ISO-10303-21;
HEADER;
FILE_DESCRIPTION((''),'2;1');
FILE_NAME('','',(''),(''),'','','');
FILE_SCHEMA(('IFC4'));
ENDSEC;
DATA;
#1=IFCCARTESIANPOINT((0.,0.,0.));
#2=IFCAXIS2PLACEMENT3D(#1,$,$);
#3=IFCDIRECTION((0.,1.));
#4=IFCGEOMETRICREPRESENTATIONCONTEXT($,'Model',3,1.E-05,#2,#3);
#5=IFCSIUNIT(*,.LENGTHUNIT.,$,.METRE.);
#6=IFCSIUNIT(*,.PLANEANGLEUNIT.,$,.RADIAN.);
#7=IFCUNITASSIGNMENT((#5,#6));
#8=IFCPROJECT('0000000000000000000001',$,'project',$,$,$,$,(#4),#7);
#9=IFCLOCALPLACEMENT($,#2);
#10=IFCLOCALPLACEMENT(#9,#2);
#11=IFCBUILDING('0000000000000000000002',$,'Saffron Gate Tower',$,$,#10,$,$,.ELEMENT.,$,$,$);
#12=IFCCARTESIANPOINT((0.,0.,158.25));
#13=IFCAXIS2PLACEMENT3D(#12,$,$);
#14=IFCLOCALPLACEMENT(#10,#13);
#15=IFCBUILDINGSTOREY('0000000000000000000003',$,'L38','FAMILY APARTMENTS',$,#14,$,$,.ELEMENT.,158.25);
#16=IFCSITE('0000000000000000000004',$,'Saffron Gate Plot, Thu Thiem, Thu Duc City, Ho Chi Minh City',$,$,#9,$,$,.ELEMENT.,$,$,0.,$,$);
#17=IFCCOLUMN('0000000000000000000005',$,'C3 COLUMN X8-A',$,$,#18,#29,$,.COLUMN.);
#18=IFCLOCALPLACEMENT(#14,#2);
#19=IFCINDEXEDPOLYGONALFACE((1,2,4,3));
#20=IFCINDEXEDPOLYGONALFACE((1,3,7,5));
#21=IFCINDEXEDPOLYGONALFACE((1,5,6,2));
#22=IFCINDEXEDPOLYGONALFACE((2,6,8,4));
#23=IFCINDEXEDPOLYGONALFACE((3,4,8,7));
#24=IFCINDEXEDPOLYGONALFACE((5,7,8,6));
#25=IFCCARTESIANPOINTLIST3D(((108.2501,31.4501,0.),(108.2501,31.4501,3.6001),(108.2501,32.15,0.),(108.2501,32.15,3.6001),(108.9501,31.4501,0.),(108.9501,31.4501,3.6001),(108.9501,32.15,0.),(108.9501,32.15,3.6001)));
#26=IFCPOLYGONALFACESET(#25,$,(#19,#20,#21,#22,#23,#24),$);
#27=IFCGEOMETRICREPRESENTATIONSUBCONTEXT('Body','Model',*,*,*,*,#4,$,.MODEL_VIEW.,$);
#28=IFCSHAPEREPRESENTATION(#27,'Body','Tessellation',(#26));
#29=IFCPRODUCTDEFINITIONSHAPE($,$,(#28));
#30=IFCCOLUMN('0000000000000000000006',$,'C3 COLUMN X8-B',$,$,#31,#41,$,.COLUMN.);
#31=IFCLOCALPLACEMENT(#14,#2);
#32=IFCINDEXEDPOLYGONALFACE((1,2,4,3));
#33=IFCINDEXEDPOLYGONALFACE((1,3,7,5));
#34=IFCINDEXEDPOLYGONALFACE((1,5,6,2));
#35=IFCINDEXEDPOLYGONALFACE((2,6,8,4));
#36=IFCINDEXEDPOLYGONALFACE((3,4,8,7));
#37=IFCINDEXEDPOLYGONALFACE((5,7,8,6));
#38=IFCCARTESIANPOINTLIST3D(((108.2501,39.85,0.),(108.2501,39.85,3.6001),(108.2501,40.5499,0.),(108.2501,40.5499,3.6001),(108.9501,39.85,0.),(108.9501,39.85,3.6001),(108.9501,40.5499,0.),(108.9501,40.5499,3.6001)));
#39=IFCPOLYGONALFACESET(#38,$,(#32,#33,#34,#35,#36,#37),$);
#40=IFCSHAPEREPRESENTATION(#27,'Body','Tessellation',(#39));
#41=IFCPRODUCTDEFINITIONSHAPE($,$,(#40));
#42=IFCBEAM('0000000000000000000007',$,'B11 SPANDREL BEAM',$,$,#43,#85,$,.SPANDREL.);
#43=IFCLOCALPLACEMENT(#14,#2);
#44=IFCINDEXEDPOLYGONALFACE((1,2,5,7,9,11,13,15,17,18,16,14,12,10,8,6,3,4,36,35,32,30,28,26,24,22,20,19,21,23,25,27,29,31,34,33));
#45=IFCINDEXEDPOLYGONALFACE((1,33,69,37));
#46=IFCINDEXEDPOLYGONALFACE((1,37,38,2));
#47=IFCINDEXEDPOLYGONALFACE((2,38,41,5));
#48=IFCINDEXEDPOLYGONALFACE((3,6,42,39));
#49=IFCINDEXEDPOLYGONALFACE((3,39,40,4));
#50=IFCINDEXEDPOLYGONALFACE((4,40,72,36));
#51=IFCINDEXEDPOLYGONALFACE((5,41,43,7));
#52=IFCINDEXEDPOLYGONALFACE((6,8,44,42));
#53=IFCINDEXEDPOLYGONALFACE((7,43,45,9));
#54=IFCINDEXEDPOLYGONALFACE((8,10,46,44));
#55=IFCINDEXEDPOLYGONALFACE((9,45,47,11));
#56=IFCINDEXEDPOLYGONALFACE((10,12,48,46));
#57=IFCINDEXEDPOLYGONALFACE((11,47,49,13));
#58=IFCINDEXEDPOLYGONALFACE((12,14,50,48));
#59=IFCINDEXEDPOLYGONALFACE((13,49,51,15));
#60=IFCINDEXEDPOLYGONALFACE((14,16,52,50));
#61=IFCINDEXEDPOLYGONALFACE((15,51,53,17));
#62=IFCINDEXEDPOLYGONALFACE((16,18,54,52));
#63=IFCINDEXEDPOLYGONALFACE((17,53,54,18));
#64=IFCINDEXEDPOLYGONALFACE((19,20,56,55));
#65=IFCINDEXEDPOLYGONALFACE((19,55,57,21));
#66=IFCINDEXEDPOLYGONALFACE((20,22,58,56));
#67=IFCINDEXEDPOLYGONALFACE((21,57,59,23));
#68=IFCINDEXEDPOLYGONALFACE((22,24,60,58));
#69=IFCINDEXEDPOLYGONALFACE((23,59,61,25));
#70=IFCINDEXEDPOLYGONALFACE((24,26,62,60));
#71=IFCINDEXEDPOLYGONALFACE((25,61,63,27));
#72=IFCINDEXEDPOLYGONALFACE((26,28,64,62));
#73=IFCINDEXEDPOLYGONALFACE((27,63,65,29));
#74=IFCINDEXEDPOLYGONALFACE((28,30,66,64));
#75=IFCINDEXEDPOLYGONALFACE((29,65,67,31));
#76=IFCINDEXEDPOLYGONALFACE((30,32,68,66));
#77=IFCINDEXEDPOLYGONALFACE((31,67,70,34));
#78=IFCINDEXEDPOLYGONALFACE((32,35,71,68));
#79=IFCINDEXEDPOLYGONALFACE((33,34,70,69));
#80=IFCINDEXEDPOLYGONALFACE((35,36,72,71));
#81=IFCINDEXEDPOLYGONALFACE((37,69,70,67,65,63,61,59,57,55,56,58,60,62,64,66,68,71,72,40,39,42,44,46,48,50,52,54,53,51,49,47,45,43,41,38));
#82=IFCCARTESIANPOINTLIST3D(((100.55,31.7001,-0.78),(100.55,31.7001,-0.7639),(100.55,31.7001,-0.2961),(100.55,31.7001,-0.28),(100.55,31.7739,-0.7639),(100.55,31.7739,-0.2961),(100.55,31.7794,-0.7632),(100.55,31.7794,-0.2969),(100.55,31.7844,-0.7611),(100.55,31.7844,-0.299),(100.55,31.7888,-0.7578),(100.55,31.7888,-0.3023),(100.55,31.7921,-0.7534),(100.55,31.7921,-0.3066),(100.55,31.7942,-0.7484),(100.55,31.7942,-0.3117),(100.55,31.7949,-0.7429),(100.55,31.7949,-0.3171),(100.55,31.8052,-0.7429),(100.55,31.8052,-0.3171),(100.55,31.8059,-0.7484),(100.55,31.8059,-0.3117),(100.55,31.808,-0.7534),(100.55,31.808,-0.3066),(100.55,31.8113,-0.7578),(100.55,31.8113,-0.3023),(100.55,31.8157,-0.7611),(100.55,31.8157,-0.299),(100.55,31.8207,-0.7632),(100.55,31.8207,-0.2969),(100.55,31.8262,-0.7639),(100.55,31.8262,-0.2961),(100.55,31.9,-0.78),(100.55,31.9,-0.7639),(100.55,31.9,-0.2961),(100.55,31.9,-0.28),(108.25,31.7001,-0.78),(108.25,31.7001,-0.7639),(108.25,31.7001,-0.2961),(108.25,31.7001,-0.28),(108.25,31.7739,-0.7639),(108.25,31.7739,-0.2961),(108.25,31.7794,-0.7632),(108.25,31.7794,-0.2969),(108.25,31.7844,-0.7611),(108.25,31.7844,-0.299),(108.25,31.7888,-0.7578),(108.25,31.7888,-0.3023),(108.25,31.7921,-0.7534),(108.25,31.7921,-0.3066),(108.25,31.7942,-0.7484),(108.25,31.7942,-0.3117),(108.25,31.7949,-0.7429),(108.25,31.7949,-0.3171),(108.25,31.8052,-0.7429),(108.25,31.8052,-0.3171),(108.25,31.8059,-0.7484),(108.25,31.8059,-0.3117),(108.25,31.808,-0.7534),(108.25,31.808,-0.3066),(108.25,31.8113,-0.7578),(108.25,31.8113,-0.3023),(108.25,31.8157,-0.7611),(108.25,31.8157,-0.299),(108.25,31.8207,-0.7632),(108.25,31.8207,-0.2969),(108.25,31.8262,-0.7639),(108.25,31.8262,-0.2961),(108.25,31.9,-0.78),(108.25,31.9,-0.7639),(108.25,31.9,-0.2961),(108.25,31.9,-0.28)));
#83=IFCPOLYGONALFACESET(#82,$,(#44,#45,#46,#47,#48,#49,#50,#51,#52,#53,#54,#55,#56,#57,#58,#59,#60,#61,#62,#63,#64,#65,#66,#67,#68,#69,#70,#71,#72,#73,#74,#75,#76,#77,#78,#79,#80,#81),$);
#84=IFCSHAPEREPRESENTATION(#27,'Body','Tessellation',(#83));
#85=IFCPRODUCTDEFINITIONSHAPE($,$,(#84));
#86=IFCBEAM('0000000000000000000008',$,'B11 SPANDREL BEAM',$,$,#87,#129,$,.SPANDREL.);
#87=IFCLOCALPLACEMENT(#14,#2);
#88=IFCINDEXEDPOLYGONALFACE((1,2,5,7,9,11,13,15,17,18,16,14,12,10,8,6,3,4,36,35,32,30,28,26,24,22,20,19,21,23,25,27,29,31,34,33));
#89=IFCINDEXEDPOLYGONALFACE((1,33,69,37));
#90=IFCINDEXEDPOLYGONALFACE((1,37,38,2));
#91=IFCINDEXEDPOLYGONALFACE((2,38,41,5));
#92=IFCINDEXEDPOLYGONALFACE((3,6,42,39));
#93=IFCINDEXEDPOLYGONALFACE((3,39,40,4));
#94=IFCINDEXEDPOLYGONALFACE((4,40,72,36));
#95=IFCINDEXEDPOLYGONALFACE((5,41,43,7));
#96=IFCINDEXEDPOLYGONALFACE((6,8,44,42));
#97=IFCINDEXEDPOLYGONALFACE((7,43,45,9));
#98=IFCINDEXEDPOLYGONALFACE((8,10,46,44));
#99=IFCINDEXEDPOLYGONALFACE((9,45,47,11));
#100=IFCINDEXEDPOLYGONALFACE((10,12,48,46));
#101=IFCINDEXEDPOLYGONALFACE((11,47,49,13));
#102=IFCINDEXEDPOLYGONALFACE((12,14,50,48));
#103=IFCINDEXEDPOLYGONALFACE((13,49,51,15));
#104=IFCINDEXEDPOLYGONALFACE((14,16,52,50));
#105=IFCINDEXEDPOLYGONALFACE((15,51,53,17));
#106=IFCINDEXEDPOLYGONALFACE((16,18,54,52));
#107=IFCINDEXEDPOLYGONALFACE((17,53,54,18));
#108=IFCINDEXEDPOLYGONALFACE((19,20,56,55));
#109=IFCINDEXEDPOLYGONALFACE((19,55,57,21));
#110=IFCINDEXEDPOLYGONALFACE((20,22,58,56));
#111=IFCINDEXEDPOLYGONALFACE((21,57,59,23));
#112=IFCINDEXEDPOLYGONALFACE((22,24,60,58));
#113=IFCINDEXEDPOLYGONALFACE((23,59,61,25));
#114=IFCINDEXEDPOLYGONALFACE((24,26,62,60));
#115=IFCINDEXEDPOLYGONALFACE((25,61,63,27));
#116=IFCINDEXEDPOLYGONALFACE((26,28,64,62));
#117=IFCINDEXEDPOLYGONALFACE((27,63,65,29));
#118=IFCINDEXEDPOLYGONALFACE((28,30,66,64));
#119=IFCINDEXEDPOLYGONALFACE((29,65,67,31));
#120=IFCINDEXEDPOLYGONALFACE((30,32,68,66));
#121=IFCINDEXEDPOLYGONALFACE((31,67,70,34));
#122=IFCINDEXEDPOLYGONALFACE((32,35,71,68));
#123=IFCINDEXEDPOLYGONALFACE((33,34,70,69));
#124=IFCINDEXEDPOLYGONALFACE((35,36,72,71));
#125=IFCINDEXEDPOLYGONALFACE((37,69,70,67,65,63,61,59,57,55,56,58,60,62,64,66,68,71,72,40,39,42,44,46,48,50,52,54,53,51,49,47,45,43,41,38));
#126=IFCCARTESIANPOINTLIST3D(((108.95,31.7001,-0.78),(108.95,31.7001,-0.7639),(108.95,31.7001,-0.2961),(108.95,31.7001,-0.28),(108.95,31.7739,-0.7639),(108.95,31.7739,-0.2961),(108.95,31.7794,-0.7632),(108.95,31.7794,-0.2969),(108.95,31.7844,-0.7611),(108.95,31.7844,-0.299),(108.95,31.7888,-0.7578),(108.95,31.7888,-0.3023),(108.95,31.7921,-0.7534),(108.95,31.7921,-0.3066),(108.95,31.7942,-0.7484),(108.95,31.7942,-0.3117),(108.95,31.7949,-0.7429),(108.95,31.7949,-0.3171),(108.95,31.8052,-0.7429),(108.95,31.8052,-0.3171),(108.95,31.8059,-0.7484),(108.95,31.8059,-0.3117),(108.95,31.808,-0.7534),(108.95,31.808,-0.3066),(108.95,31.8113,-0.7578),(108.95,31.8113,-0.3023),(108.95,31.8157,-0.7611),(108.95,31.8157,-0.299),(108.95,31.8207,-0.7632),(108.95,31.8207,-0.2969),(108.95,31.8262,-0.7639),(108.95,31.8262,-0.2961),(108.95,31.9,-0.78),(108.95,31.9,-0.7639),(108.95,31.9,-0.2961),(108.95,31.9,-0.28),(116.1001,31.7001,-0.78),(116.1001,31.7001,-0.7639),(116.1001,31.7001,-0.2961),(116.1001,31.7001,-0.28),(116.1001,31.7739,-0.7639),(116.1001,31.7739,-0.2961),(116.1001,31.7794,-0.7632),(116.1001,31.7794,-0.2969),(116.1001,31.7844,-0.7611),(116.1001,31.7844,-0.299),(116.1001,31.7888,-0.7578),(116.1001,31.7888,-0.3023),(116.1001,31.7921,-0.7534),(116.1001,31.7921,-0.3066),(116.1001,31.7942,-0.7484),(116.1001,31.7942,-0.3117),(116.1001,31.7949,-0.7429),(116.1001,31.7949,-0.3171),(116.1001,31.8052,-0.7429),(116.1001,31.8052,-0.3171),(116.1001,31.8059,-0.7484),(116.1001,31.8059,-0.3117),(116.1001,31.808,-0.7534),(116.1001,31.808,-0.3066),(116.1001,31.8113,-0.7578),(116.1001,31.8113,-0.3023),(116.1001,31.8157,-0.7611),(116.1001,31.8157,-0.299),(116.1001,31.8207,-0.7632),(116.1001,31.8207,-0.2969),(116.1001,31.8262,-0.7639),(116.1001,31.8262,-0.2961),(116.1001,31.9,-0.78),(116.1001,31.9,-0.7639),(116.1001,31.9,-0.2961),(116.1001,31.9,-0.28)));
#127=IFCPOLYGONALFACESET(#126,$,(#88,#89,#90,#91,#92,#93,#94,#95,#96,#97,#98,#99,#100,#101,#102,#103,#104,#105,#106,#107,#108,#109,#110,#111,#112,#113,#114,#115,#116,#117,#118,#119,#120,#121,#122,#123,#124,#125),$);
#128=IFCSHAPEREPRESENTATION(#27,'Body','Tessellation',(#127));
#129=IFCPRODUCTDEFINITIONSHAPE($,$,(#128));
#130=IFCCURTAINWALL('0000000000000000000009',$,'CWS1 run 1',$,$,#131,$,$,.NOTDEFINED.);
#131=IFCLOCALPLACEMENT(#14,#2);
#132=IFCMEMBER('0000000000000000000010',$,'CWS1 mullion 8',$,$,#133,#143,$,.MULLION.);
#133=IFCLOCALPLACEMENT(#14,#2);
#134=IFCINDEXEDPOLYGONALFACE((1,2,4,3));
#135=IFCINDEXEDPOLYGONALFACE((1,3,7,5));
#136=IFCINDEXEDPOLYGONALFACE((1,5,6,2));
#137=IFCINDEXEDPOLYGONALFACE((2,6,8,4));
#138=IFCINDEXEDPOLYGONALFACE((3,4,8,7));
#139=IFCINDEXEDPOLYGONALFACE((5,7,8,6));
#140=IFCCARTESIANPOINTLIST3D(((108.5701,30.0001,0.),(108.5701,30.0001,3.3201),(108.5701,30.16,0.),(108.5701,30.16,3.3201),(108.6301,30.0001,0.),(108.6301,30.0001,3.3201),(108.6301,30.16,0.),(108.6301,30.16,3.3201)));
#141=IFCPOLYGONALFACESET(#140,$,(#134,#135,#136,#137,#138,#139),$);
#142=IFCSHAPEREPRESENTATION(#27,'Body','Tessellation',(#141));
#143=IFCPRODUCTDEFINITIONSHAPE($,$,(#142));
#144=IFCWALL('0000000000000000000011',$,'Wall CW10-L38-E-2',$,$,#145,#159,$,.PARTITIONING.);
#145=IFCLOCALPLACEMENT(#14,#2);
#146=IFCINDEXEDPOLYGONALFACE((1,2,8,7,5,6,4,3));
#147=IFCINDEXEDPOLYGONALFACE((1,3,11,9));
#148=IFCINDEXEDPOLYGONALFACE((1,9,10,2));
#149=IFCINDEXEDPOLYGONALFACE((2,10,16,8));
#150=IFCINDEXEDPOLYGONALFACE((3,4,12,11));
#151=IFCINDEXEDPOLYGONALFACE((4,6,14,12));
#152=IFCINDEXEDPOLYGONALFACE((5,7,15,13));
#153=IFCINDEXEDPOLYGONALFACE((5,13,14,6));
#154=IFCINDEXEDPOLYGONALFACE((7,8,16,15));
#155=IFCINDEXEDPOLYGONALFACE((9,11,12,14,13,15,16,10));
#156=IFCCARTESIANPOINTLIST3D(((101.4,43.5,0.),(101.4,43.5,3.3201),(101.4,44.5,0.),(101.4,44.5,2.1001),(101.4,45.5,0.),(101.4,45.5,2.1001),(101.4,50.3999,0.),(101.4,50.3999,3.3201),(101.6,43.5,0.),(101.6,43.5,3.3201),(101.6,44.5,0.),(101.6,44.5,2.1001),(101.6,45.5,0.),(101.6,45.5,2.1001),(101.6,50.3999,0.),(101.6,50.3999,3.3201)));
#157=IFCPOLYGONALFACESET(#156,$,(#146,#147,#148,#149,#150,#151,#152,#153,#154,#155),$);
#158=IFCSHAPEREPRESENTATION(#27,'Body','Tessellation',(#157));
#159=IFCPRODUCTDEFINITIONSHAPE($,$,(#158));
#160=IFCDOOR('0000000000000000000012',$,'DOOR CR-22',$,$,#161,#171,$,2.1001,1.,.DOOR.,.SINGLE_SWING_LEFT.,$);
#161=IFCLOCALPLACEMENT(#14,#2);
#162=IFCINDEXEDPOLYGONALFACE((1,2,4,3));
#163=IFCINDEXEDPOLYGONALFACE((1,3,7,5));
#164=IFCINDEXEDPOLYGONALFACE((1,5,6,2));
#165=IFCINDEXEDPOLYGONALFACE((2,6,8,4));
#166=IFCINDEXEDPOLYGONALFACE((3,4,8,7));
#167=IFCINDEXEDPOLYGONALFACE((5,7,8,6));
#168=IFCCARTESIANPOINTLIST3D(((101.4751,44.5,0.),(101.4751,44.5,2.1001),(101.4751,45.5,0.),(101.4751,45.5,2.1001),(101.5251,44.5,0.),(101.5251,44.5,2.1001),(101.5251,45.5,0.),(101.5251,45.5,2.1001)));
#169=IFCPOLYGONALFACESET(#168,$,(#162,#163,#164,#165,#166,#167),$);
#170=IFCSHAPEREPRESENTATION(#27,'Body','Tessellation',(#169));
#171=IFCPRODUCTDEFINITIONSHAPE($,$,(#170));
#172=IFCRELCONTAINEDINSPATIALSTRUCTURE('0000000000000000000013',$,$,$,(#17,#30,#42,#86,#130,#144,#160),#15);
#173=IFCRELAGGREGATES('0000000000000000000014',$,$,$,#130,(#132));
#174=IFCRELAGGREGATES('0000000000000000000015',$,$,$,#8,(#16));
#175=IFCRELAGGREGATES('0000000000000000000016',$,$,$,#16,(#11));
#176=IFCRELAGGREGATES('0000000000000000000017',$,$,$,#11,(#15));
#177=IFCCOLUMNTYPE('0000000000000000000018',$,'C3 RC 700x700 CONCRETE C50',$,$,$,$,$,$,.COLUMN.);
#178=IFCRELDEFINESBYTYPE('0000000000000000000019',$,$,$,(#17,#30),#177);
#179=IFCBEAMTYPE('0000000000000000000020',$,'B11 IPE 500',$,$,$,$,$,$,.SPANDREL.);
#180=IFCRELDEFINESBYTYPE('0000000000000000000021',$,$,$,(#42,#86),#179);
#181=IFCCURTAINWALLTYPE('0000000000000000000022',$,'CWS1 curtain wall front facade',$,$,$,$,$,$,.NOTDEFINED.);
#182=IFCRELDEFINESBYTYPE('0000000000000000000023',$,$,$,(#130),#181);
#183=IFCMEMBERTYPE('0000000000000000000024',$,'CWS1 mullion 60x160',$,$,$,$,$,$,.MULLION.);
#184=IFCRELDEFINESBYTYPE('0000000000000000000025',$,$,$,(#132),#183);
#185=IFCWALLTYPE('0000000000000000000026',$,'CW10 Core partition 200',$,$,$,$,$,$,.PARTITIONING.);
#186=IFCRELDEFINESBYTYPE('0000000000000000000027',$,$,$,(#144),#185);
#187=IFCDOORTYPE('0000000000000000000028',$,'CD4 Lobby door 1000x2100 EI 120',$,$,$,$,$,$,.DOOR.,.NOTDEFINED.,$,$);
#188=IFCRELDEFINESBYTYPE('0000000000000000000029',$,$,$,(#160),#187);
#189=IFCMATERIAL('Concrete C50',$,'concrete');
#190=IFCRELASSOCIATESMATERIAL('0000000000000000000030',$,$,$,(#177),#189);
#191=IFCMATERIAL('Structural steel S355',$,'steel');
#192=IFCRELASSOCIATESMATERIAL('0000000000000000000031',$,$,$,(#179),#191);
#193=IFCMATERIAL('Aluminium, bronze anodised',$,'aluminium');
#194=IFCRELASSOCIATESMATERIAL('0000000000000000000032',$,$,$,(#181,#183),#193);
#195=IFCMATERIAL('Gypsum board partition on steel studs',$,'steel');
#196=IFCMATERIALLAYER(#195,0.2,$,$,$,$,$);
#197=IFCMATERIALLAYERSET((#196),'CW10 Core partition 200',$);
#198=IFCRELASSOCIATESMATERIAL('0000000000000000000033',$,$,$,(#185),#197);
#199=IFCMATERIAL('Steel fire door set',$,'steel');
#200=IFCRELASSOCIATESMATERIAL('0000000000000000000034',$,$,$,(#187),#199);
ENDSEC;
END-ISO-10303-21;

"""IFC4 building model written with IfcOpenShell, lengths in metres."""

from ifc_helpers import new_model, si_unit, direction, frame, frame_2d, origin, origin_2d, place, context, subcontext, project, spatial, rectangle, i_section, extrude, material, layer, layer_set, material_profile, profile_set, type_object, element, fill, aggregate, save


model = new_model("IFC4")

# Units and contexts
model_context = context("Model", 3, precision=1e-05, world=origin(), true_north=direction((0.0, 1.0)))
body_context = subcontext(model_context, "Body", "Model", "MODEL_VIEW")
ifc_project = project(units=[si_unit("LENGTHUNIT", "METRE"), si_unit("PLANEANGLEUNIT", "RADIAN")], contexts=[model_context])

# Site, building, storey
site_placement = place(None, origin())
site = spatial("IfcSite", under=ifc_project, at=site_placement, Name="Saffron Gate Plot, Thu Thiem, Thu Duc City, Ho Chi Minh City", CompositionType="ELEMENT", RefElevation=0.0)
building_placement = place(site_placement, origin())
building = spatial("IfcBuilding", under=site, at=building_placement, Name="Saffron Gate Tower", CompositionType="ELEMENT")
storey_placement = place(building_placement, frame((0.0, 0.0, 158.25)))
storey = spatial("IfcBuildingStorey", under=building, at=storey_placement, Name="L38", Description="FAMILY APARTMENTS", CompositionType="ELEMENT", Elevation=158.25)

# Columns
ifc_material_1 = material(Name="Concrete C50", Category="concrete")
ifc_material_profile_1 = material_profile(ifc_material_1, rectangle(XDim=0.7, YDim=0.7, at=origin_2d()))
ifc_profile_set_1 = profile_set([ifc_material_profile_1], Name="Concrete C50")
column_type = type_object("IfcColumnType", Name="C3 RC 700x700 CONCRETE C50", PredefinedType="COLUMN", material=ifc_profile_set_1)
for number, where, z_axis, x_axis, name in (
    (1, (108.6001, 31.8, 0.0), (0.0, 0.0, 1.0), (1.0, 0.0, 0.0), "C3 COLUMN X8-A"),
    (2, (108.6001, 40.2, 0.0), (0.0, 0.0, 1.0), (1.0, 0.0, 0.0), "C3 COLUMN X8-B"),
):
    element("IfcColumn", number, at=place(storey_placement, frame(where, z_axis=z_axis, x_axis=x_axis)), inside=storey, type_object=column_type, Name=name, PredefinedType="COLUMN", context=body_context, shape_type="SweptSolid", body=[
        extrude(rectangle(XDim=0.7, YDim=0.7, at=origin_2d()), origin(), (0.0, 0.0, 1.0), 3.6001),
    ])

# Beams
ifc_material_2 = material(Name="Structural steel S355", Category="steel")
ifc_material_profile_2 = material_profile(ifc_material_2, i_section(OverallWidth=0.2, OverallDepth=0.5, WebThickness=0.0103, FlangeThickness=0.0161, FilletRadius=0.021, at=origin_2d()))
ifc_profile_set_2 = profile_set([ifc_material_profile_2], Name="Structural steel S355")
beam_type = type_object("IfcBeamType", Name="B11 IPE 500", PredefinedType="SPANDREL", material=ifc_profile_set_2)
beam_1_placement = place(storey_placement, frame((100.55, 31.8, -0.53), z_axis=(1.0, 0.0, 0.0), x_axis=(0.0, 1.0, 0.0)))
element("IfcBeam", 3, at=beam_1_placement, inside=storey, type_object=beam_type, Name="B11 SPANDREL BEAM", PredefinedType="SPANDREL", context=body_context, shape_type="SweptSolid", body=[
    extrude(i_section(OverallWidth=0.2, OverallDepth=0.5, WebThickness=0.0103, FlangeThickness=0.0161, FilletRadius=0.021, at=origin_2d()), origin(), (0.0, 0.0, 1.0), 7.7),
])
beam_2_placement = place(storey_placement, frame((108.95, 31.8, -0.53), z_axis=(1.0, 0.0, 0.0), x_axis=(0.0, 1.0, 0.0)))
element("IfcBeam", 4, at=beam_2_placement, inside=storey, type_object=beam_type, Name="B11 SPANDREL BEAM", PredefinedType="SPANDREL", context=body_context, shape_type="SweptSolid", body=[
    extrude(i_section(OverallWidth=0.2, OverallDepth=0.5, WebThickness=0.0103, FlangeThickness=0.0161, FilletRadius=0.021, at=origin_2d()), origin(), (0.0, 0.0, 1.0), 7.1501),
])

# Curtain wall, member
ifc_material_3 = material(Name="Aluminium, bronze anodised", Category="aluminium")
curtain_wall_type = type_object("IfcCurtainWallType", Name="CWS1 curtain wall front facade", PredefinedType="NOTDEFINED", material=ifc_material_3)
curtain_wall_placement = place(storey_placement, origin())
curtain_wall = element("IfcCurtainWall", 5, at=curtain_wall_placement, inside=storey, type_object=curtain_wall_type, Name="CWS1 run 1", PredefinedType="NOTDEFINED")
ifc_material_profile_3 = material_profile(ifc_material_3, rectangle(XDim=0.1599, YDim=0.0601, at=origin_2d()))
ifc_profile_set_3 = profile_set([ifc_material_profile_3], Name="Aluminium, bronze anodised")
member_type = type_object("IfcMemberType", Name="CWS1 mullion 60x160", PredefinedType="MULLION", material=ifc_profile_set_3)
member_placement = place(storey_placement, frame((108.6001, 30.0801, 0.0), z_axis=(0.0, 0.0, 1.0), x_axis=(0.0, 1.0, 0.0)))
member = element("IfcMember", 6, at=member_placement, type_object=member_type, Name="CWS1 mullion 8", PredefinedType="MULLION", context=body_context, shape_type="SweptSolid", body=[
    extrude(rectangle(XDim=0.1599, YDim=0.0601, at=origin_2d()), origin(), (0.0, 0.0, 1.0), 3.3201),
])
aggregate(curtain_wall, [member])

# Wall, opening, door
ifc_material_4 = material(Name="Gypsum board partition on steel studs", Category="steel")
ifc_layer_1 = layer(ifc_material_4, 0.2)
ifc_layer_set_1 = layer_set([ifc_layer_1], Name="CW10 Core partition 200")
wall_type_1 = type_object("IfcWallType", Name="CW10 Core partition 200", PredefinedType="PARTITIONING", material=ifc_layer_set_1)
wall_1_placement = place(storey_placement, frame((101.5, 43.5, 0.0), z_axis=(0.0, 0.0, 1.0), x_axis=(0.0, 1.0, 0.0)))
wall_1 = element("IfcWall", 7, at=wall_1_placement, inside=storey, type_object=wall_type_1, Name="Wall CW10-L38-E-2", PredefinedType="PARTITIONING", context=body_context, shape_type="SweptSolid", body=[
    extrude(rectangle(XDim=6.8999, YDim=0.2, at=frame_2d((3.45, 0.0))), origin(), (0.0, 0.0, 1.0), 3.3201),
])
opening_1_placement = place(wall_1_placement, frame((1.0, 0.0, 0.0)))
opening_1 = element("IfcOpeningElement", 8, at=opening_1_placement, cuts=wall_1, PredefinedType="OPENING", context=body_context, shape_type="SweptSolid", body=[
    extrude(rectangle(XDim=1.0, YDim=2.1001, at=frame_2d((0.5, 1.05))), frame((0.0, 0.1099, 0.0), z_axis=(0.0, -1.0, 0.0), x_axis=(1.0, 0.0, 0.0)), (0.0, 0.0, 1.0), 0.22),
])
ifc_material_5 = material(Name="Steel fire door set", Category="steel")
door_type_1 = type_object("IfcDoorType", Name="CD4 Lobby door 1000x2100 EI 120", OperationType="NOTDEFINED", PredefinedType="DOOR", material=ifc_material_5)
door_1_placement = place(opening_1_placement, origin())
door_1 = element("IfcDoor", 9, at=door_1_placement, inside=storey, type_object=door_type_1, Name="DOOR CR-22", OperationType="SINGLE_SWING_LEFT", OverallHeight=2.1001, OverallWidth=1.0, PredefinedType="DOOR", context=body_context, shape_type="SweptSolid", body=[
    extrude(rectangle(XDim=1.0, YDim=2.1001, at=frame_2d((0.5, 1.05))), frame((0.0, 0.0249, 0.0), z_axis=(0.0, -1.0, 0.0), x_axis=(1.0, 0.0, 0.0)), (0.0, 0.0, 1.0), 0.05),
])
fill(opening_1, door_1)

save(model, "model.ifc")
